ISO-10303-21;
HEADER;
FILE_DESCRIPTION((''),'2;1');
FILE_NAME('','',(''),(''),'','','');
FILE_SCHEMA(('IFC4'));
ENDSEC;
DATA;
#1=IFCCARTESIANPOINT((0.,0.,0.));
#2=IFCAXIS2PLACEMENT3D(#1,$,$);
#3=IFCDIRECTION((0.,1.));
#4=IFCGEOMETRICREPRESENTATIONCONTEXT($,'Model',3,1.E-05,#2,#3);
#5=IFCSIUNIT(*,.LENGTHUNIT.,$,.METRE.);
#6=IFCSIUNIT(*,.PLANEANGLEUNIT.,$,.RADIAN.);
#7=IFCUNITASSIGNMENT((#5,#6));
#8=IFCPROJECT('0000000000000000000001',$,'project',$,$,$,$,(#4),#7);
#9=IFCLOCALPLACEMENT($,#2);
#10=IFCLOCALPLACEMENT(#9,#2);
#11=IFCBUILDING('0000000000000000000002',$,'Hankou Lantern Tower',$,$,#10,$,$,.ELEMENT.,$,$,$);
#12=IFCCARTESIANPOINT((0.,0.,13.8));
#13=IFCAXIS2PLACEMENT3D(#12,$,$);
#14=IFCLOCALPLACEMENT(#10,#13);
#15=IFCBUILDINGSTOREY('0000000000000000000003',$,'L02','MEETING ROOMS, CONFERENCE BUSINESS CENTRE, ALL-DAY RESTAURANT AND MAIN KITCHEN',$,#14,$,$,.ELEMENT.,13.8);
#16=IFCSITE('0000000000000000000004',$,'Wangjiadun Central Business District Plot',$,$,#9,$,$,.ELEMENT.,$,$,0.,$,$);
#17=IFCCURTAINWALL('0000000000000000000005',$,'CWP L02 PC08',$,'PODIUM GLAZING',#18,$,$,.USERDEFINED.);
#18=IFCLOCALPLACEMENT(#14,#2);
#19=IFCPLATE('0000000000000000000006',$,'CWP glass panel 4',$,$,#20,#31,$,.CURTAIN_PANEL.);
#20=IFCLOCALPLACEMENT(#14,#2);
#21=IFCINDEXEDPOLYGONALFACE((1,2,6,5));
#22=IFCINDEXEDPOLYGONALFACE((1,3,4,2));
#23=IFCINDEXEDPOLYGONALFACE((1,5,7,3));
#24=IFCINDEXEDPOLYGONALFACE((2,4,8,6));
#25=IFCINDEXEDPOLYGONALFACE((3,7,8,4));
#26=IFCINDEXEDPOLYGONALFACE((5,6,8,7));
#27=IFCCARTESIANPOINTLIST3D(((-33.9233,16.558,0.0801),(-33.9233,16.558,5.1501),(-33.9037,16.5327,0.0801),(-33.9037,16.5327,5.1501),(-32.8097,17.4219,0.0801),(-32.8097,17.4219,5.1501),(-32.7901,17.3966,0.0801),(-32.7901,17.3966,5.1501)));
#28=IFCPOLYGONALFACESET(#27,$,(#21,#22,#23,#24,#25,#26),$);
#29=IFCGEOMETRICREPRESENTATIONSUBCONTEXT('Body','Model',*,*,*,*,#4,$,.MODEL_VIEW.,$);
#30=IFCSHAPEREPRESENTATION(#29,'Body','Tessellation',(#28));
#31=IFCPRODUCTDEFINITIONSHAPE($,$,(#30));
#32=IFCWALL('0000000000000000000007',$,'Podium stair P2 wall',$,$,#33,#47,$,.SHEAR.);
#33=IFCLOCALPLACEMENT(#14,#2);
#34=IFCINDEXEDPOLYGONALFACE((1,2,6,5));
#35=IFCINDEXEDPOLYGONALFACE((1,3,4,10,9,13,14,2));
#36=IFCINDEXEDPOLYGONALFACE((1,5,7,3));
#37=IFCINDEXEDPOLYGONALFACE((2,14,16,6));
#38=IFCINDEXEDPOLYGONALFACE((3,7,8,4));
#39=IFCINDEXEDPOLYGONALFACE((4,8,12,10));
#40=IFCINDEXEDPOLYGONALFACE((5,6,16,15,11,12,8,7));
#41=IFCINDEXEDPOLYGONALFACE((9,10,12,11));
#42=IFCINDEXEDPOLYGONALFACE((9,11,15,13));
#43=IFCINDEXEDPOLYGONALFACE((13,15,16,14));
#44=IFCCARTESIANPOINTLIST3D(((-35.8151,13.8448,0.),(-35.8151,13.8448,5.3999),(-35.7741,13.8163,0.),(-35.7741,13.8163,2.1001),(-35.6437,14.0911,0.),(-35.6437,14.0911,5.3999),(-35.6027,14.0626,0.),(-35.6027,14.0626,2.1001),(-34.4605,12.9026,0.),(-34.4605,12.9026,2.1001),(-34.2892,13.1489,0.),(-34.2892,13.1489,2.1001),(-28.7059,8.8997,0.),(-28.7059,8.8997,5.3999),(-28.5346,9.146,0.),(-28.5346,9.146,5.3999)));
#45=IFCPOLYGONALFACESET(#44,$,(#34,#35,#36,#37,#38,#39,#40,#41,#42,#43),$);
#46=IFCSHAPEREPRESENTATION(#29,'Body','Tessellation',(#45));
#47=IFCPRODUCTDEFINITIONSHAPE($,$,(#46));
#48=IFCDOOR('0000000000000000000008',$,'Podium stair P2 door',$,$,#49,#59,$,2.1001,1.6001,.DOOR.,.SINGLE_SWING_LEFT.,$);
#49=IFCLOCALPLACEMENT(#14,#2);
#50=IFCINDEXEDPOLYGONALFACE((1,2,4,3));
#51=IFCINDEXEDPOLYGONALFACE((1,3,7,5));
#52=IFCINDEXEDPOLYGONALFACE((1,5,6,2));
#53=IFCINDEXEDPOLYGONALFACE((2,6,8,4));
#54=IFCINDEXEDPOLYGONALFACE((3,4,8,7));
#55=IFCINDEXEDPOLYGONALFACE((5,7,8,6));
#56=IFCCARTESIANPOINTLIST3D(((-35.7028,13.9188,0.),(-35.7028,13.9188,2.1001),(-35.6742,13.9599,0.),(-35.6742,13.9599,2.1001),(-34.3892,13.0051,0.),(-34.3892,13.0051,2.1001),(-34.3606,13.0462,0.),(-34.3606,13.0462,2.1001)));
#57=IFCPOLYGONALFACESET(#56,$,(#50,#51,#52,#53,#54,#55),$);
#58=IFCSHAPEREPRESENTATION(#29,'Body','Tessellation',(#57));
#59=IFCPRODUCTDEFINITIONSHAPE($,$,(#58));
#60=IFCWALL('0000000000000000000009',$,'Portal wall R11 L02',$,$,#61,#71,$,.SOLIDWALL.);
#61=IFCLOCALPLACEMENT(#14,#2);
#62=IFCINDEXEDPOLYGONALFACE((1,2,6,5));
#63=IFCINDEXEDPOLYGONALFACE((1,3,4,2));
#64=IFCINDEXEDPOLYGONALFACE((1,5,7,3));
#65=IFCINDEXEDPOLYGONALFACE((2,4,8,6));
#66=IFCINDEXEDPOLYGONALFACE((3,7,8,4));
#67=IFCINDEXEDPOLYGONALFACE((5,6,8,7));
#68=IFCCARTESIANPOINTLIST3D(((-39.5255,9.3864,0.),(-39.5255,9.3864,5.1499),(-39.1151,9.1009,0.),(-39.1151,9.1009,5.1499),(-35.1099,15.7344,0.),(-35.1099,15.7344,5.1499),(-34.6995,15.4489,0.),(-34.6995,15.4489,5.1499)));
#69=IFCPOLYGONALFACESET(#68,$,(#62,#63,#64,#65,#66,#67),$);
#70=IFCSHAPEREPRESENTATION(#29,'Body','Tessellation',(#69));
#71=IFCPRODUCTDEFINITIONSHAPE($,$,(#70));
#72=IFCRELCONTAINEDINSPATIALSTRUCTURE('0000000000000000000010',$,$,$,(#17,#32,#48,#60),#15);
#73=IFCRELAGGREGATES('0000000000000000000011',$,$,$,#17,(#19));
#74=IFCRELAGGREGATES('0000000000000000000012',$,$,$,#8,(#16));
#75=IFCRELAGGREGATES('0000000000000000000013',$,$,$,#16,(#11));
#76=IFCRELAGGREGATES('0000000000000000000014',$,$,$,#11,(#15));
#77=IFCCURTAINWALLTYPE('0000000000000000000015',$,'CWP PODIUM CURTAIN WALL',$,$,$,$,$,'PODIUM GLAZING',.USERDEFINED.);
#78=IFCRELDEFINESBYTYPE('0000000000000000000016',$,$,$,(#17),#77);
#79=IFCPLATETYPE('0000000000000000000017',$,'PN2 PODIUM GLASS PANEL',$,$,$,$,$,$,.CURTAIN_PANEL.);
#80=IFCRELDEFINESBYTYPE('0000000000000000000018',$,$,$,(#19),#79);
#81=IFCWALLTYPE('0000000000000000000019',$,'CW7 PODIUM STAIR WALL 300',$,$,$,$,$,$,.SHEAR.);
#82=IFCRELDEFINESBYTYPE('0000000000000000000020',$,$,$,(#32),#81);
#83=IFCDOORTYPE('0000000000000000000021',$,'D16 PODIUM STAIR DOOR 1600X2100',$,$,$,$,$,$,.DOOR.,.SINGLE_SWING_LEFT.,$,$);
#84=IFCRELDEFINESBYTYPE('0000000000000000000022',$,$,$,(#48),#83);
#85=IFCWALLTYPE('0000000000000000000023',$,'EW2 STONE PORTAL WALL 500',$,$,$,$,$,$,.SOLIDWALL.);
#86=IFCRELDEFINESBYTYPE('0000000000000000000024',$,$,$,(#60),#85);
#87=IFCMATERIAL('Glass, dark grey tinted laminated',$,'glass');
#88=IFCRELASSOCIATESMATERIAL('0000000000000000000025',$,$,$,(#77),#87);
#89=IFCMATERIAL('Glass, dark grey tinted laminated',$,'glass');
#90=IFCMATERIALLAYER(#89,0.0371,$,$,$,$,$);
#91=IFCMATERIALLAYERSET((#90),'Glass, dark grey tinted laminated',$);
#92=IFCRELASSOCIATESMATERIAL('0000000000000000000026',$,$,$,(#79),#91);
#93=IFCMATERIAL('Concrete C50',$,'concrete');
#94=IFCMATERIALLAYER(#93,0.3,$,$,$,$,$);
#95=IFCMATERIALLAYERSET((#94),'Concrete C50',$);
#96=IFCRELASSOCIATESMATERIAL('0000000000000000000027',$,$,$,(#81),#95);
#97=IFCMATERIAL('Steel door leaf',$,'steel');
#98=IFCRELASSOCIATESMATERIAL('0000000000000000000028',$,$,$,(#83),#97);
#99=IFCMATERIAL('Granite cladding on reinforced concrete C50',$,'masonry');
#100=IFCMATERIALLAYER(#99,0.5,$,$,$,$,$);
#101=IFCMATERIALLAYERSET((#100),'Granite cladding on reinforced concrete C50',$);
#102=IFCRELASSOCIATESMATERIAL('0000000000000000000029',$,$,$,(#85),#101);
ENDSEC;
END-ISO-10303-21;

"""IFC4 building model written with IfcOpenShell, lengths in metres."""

from ifc_helpers import new_model, si_unit, direction, frame, frame_2d, origin, origin_2d, place, context, subcontext, project, spatial, rectangle, extrude, material, layer, layer_set, type_object, element, fill, aggregate, save


model = new_model("IFC4")

# Units and contexts
model_context = context("Model", 3, precision=1e-05, world=origin(), true_north=direction((0.0, 1.0)))
body_context = subcontext(model_context, "Body", "Model", "MODEL_VIEW")
ifc_project = project(units=[si_unit("LENGTHUNIT", "METRE"), si_unit("PLANEANGLEUNIT", "RADIAN")], contexts=[model_context])

# Site, building, storey
site_placement = place(None, origin())
site = spatial("IfcSite", under=ifc_project, at=site_placement, Name="Wangjiadun Central Business District Plot", CompositionType="ELEMENT", RefElevation=0.0)
building_placement = place(site_placement, origin())
building = spatial("IfcBuilding", under=site, at=building_placement, Name="Hankou Lantern Tower", CompositionType="ELEMENT")
storey_placement = place(building_placement, frame((0.0, 0.0, 13.8)))
storey = spatial("IfcBuildingStorey", under=building, at=storey_placement, Name="L02", Description="MEETING ROOMS, CONFERENCE BUSINESS CENTRE, ALL-DAY RESTAURANT AND MAIN KITCHEN", CompositionType="ELEMENT", Elevation=13.8)

# Shared definitions
ifc_material_1 = material(Name="Glass, dark grey tinted laminated", Category="glass")
curtain_wall_type = type_object("IfcCurtainWallType", Name="CWP PODIUM CURTAIN WALL", ElementType="PODIUM GLAZING", PredefinedType="USERDEFINED", material=ifc_material_1)

# Curtain wall
curtain_wall_1_placement = place(storey_placement, origin())
curtain_wall_1 = element("IfcCurtainWall", 1, at=curtain_wall_1_placement, inside=storey, type_object=curtain_wall_type, Name="CWP L02 PC08", ObjectType="PODIUM GLAZING", PredefinedType="USERDEFINED")

# Plate
ifc_material_2 = material(Name="Glass, dark grey tinted laminated", Category="glass")
ifc_layer_1 = layer(ifc_material_2, 0.0371)
ifc_layer_set_1 = layer_set([ifc_layer_1], Name="Glass, dark grey tinted laminated")
plate_type = type_object("IfcPlateType", Name="PN2 PODIUM GLASS PANEL", PredefinedType="CURTAIN_PANEL", material=ifc_layer_set_1)
plate_1_placement = place(storey_placement, frame((-33.3567, 16.9773, 0.0801), z_axis=(0.0, 0.0, 1.0), x_axis=(-0.79013, -0.61294, 0.0)))
plate_1 = element("IfcPlate", 2, at=plate_1_placement, type_object=plate_type, Name="CWP glass panel 4", PredefinedType="CURTAIN_PANEL", context=body_context, shape_type="SweptSolid", body=[
    extrude(rectangle(XDim=1.4094, YDim=0.032, at=origin_2d()), origin(), (0.0, 0.0, 1.0), 5.0701),
])
aggregate(curtain_wall_1, [plate_1])

# Wall, opening, door
ifc_material_3 = material(Name="Concrete C50", Category="concrete")
ifc_layer_2 = layer(ifc_material_3, 0.3)
ifc_layer_set_2 = layer_set([ifc_layer_2], Name="Concrete C50")
wall_type_1 = type_object("IfcWallType", Name="CW7 PODIUM STAIR WALL 300", PredefinedType="SHEAR", material=ifc_layer_set_2)
wall_1_placement = place(storey_placement, frame((-35.7295, 13.968, 0.0), z_axis=(0.0, 0.0, 1.0), x_axis=(0.820928, -0.571032, 0.0)))
wall_1 = element("IfcWall", 3, at=wall_1_placement, inside=storey, type_object=wall_type_1, Name="Podium stair P2 wall", PredefinedType="SHEAR", context=body_context, shape_type="SweptSolid", body=[
    extrude(rectangle(XDim=8.6599, YDim=0.3, at=frame_2d((4.3301, 0.0))), origin(), (0.0, 0.0, 1.0), 5.3999),
])
opening_placement = place(wall_1_placement, frame((0.05, 0.0, 0.0)))
opening = element("IfcOpeningElement", 4, at=opening_placement, cuts=wall_1, PredefinedType="OPENING", context=body_context, shape_type="SweptSolid", body=[
    extrude(rectangle(XDim=1.6001, YDim=2.1001, at=frame_2d((0.8, 1.05))), frame((0.0, 0.1599, 0.0), z_axis=(0.0, -1.0, 0.0), x_axis=(1.0, 0.0, 0.0)), (0.0, 0.0, 1.0), 0.3201),
])
ifc_material_4 = material(Name="Steel door leaf", Category="steel")
door_type = type_object("IfcDoorType", Name="D16 PODIUM STAIR DOOR 1600X2100", OperationType="SINGLE_SWING_LEFT", PredefinedType="DOOR", material=ifc_material_4)
door_placement = place(opening_placement, origin())
door = element("IfcDoor", 5, at=door_placement, inside=storey, type_object=door_type, Name="Podium stair P2 door", OperationType="SINGLE_SWING_LEFT", OverallHeight=2.1001, OverallWidth=1.6001, PredefinedType="DOOR", context=body_context, shape_type="SweptSolid", body=[
    extrude(rectangle(XDim=1.6001, YDim=2.1001, at=frame_2d((0.8, 1.05))), frame((0.0, 0.0249, 0.0), z_axis=(0.0, -1.0, 0.0), x_axis=(1.0, 0.0, 0.0)), (0.0, 0.0, 1.0), 0.05),
])
fill(opening, door)

# Wall
ifc_material_5 = material(Name="Granite cladding on reinforced concrete C50", Category="masonry")
ifc_layer_3 = layer(ifc_material_5, 0.5)
ifc_layer_set_3 = layer_set([ifc_layer_3], Name="Granite cladding on reinforced concrete C50")
wall_type_2 = type_object("IfcWallType", Name="EW2 STONE PORTAL WALL 500", PredefinedType="SOLIDWALL", material=ifc_layer_set_3)
wall_2_placement = place(storey_placement, frame((-34.9048, 15.5916, 0.0), z_axis=(0.0, 0.0, 1.0), x_axis=(-0.571029, -0.82093, 0.0)))
element("IfcWall", 6, at=wall_2_placement, inside=storey, type_object=wall_type_2, Name="Portal wall R11 L02", PredefinedType="SOLIDWALL", context=body_context, shape_type="SweptSolid", body=[
    extrude(rectangle(XDim=7.7327, YDim=0.5, at=frame_2d((3.8662, 0.0))), origin(), (0.0, 0.0, 1.0), 5.1499),
])

save(model, "model.ifc")
